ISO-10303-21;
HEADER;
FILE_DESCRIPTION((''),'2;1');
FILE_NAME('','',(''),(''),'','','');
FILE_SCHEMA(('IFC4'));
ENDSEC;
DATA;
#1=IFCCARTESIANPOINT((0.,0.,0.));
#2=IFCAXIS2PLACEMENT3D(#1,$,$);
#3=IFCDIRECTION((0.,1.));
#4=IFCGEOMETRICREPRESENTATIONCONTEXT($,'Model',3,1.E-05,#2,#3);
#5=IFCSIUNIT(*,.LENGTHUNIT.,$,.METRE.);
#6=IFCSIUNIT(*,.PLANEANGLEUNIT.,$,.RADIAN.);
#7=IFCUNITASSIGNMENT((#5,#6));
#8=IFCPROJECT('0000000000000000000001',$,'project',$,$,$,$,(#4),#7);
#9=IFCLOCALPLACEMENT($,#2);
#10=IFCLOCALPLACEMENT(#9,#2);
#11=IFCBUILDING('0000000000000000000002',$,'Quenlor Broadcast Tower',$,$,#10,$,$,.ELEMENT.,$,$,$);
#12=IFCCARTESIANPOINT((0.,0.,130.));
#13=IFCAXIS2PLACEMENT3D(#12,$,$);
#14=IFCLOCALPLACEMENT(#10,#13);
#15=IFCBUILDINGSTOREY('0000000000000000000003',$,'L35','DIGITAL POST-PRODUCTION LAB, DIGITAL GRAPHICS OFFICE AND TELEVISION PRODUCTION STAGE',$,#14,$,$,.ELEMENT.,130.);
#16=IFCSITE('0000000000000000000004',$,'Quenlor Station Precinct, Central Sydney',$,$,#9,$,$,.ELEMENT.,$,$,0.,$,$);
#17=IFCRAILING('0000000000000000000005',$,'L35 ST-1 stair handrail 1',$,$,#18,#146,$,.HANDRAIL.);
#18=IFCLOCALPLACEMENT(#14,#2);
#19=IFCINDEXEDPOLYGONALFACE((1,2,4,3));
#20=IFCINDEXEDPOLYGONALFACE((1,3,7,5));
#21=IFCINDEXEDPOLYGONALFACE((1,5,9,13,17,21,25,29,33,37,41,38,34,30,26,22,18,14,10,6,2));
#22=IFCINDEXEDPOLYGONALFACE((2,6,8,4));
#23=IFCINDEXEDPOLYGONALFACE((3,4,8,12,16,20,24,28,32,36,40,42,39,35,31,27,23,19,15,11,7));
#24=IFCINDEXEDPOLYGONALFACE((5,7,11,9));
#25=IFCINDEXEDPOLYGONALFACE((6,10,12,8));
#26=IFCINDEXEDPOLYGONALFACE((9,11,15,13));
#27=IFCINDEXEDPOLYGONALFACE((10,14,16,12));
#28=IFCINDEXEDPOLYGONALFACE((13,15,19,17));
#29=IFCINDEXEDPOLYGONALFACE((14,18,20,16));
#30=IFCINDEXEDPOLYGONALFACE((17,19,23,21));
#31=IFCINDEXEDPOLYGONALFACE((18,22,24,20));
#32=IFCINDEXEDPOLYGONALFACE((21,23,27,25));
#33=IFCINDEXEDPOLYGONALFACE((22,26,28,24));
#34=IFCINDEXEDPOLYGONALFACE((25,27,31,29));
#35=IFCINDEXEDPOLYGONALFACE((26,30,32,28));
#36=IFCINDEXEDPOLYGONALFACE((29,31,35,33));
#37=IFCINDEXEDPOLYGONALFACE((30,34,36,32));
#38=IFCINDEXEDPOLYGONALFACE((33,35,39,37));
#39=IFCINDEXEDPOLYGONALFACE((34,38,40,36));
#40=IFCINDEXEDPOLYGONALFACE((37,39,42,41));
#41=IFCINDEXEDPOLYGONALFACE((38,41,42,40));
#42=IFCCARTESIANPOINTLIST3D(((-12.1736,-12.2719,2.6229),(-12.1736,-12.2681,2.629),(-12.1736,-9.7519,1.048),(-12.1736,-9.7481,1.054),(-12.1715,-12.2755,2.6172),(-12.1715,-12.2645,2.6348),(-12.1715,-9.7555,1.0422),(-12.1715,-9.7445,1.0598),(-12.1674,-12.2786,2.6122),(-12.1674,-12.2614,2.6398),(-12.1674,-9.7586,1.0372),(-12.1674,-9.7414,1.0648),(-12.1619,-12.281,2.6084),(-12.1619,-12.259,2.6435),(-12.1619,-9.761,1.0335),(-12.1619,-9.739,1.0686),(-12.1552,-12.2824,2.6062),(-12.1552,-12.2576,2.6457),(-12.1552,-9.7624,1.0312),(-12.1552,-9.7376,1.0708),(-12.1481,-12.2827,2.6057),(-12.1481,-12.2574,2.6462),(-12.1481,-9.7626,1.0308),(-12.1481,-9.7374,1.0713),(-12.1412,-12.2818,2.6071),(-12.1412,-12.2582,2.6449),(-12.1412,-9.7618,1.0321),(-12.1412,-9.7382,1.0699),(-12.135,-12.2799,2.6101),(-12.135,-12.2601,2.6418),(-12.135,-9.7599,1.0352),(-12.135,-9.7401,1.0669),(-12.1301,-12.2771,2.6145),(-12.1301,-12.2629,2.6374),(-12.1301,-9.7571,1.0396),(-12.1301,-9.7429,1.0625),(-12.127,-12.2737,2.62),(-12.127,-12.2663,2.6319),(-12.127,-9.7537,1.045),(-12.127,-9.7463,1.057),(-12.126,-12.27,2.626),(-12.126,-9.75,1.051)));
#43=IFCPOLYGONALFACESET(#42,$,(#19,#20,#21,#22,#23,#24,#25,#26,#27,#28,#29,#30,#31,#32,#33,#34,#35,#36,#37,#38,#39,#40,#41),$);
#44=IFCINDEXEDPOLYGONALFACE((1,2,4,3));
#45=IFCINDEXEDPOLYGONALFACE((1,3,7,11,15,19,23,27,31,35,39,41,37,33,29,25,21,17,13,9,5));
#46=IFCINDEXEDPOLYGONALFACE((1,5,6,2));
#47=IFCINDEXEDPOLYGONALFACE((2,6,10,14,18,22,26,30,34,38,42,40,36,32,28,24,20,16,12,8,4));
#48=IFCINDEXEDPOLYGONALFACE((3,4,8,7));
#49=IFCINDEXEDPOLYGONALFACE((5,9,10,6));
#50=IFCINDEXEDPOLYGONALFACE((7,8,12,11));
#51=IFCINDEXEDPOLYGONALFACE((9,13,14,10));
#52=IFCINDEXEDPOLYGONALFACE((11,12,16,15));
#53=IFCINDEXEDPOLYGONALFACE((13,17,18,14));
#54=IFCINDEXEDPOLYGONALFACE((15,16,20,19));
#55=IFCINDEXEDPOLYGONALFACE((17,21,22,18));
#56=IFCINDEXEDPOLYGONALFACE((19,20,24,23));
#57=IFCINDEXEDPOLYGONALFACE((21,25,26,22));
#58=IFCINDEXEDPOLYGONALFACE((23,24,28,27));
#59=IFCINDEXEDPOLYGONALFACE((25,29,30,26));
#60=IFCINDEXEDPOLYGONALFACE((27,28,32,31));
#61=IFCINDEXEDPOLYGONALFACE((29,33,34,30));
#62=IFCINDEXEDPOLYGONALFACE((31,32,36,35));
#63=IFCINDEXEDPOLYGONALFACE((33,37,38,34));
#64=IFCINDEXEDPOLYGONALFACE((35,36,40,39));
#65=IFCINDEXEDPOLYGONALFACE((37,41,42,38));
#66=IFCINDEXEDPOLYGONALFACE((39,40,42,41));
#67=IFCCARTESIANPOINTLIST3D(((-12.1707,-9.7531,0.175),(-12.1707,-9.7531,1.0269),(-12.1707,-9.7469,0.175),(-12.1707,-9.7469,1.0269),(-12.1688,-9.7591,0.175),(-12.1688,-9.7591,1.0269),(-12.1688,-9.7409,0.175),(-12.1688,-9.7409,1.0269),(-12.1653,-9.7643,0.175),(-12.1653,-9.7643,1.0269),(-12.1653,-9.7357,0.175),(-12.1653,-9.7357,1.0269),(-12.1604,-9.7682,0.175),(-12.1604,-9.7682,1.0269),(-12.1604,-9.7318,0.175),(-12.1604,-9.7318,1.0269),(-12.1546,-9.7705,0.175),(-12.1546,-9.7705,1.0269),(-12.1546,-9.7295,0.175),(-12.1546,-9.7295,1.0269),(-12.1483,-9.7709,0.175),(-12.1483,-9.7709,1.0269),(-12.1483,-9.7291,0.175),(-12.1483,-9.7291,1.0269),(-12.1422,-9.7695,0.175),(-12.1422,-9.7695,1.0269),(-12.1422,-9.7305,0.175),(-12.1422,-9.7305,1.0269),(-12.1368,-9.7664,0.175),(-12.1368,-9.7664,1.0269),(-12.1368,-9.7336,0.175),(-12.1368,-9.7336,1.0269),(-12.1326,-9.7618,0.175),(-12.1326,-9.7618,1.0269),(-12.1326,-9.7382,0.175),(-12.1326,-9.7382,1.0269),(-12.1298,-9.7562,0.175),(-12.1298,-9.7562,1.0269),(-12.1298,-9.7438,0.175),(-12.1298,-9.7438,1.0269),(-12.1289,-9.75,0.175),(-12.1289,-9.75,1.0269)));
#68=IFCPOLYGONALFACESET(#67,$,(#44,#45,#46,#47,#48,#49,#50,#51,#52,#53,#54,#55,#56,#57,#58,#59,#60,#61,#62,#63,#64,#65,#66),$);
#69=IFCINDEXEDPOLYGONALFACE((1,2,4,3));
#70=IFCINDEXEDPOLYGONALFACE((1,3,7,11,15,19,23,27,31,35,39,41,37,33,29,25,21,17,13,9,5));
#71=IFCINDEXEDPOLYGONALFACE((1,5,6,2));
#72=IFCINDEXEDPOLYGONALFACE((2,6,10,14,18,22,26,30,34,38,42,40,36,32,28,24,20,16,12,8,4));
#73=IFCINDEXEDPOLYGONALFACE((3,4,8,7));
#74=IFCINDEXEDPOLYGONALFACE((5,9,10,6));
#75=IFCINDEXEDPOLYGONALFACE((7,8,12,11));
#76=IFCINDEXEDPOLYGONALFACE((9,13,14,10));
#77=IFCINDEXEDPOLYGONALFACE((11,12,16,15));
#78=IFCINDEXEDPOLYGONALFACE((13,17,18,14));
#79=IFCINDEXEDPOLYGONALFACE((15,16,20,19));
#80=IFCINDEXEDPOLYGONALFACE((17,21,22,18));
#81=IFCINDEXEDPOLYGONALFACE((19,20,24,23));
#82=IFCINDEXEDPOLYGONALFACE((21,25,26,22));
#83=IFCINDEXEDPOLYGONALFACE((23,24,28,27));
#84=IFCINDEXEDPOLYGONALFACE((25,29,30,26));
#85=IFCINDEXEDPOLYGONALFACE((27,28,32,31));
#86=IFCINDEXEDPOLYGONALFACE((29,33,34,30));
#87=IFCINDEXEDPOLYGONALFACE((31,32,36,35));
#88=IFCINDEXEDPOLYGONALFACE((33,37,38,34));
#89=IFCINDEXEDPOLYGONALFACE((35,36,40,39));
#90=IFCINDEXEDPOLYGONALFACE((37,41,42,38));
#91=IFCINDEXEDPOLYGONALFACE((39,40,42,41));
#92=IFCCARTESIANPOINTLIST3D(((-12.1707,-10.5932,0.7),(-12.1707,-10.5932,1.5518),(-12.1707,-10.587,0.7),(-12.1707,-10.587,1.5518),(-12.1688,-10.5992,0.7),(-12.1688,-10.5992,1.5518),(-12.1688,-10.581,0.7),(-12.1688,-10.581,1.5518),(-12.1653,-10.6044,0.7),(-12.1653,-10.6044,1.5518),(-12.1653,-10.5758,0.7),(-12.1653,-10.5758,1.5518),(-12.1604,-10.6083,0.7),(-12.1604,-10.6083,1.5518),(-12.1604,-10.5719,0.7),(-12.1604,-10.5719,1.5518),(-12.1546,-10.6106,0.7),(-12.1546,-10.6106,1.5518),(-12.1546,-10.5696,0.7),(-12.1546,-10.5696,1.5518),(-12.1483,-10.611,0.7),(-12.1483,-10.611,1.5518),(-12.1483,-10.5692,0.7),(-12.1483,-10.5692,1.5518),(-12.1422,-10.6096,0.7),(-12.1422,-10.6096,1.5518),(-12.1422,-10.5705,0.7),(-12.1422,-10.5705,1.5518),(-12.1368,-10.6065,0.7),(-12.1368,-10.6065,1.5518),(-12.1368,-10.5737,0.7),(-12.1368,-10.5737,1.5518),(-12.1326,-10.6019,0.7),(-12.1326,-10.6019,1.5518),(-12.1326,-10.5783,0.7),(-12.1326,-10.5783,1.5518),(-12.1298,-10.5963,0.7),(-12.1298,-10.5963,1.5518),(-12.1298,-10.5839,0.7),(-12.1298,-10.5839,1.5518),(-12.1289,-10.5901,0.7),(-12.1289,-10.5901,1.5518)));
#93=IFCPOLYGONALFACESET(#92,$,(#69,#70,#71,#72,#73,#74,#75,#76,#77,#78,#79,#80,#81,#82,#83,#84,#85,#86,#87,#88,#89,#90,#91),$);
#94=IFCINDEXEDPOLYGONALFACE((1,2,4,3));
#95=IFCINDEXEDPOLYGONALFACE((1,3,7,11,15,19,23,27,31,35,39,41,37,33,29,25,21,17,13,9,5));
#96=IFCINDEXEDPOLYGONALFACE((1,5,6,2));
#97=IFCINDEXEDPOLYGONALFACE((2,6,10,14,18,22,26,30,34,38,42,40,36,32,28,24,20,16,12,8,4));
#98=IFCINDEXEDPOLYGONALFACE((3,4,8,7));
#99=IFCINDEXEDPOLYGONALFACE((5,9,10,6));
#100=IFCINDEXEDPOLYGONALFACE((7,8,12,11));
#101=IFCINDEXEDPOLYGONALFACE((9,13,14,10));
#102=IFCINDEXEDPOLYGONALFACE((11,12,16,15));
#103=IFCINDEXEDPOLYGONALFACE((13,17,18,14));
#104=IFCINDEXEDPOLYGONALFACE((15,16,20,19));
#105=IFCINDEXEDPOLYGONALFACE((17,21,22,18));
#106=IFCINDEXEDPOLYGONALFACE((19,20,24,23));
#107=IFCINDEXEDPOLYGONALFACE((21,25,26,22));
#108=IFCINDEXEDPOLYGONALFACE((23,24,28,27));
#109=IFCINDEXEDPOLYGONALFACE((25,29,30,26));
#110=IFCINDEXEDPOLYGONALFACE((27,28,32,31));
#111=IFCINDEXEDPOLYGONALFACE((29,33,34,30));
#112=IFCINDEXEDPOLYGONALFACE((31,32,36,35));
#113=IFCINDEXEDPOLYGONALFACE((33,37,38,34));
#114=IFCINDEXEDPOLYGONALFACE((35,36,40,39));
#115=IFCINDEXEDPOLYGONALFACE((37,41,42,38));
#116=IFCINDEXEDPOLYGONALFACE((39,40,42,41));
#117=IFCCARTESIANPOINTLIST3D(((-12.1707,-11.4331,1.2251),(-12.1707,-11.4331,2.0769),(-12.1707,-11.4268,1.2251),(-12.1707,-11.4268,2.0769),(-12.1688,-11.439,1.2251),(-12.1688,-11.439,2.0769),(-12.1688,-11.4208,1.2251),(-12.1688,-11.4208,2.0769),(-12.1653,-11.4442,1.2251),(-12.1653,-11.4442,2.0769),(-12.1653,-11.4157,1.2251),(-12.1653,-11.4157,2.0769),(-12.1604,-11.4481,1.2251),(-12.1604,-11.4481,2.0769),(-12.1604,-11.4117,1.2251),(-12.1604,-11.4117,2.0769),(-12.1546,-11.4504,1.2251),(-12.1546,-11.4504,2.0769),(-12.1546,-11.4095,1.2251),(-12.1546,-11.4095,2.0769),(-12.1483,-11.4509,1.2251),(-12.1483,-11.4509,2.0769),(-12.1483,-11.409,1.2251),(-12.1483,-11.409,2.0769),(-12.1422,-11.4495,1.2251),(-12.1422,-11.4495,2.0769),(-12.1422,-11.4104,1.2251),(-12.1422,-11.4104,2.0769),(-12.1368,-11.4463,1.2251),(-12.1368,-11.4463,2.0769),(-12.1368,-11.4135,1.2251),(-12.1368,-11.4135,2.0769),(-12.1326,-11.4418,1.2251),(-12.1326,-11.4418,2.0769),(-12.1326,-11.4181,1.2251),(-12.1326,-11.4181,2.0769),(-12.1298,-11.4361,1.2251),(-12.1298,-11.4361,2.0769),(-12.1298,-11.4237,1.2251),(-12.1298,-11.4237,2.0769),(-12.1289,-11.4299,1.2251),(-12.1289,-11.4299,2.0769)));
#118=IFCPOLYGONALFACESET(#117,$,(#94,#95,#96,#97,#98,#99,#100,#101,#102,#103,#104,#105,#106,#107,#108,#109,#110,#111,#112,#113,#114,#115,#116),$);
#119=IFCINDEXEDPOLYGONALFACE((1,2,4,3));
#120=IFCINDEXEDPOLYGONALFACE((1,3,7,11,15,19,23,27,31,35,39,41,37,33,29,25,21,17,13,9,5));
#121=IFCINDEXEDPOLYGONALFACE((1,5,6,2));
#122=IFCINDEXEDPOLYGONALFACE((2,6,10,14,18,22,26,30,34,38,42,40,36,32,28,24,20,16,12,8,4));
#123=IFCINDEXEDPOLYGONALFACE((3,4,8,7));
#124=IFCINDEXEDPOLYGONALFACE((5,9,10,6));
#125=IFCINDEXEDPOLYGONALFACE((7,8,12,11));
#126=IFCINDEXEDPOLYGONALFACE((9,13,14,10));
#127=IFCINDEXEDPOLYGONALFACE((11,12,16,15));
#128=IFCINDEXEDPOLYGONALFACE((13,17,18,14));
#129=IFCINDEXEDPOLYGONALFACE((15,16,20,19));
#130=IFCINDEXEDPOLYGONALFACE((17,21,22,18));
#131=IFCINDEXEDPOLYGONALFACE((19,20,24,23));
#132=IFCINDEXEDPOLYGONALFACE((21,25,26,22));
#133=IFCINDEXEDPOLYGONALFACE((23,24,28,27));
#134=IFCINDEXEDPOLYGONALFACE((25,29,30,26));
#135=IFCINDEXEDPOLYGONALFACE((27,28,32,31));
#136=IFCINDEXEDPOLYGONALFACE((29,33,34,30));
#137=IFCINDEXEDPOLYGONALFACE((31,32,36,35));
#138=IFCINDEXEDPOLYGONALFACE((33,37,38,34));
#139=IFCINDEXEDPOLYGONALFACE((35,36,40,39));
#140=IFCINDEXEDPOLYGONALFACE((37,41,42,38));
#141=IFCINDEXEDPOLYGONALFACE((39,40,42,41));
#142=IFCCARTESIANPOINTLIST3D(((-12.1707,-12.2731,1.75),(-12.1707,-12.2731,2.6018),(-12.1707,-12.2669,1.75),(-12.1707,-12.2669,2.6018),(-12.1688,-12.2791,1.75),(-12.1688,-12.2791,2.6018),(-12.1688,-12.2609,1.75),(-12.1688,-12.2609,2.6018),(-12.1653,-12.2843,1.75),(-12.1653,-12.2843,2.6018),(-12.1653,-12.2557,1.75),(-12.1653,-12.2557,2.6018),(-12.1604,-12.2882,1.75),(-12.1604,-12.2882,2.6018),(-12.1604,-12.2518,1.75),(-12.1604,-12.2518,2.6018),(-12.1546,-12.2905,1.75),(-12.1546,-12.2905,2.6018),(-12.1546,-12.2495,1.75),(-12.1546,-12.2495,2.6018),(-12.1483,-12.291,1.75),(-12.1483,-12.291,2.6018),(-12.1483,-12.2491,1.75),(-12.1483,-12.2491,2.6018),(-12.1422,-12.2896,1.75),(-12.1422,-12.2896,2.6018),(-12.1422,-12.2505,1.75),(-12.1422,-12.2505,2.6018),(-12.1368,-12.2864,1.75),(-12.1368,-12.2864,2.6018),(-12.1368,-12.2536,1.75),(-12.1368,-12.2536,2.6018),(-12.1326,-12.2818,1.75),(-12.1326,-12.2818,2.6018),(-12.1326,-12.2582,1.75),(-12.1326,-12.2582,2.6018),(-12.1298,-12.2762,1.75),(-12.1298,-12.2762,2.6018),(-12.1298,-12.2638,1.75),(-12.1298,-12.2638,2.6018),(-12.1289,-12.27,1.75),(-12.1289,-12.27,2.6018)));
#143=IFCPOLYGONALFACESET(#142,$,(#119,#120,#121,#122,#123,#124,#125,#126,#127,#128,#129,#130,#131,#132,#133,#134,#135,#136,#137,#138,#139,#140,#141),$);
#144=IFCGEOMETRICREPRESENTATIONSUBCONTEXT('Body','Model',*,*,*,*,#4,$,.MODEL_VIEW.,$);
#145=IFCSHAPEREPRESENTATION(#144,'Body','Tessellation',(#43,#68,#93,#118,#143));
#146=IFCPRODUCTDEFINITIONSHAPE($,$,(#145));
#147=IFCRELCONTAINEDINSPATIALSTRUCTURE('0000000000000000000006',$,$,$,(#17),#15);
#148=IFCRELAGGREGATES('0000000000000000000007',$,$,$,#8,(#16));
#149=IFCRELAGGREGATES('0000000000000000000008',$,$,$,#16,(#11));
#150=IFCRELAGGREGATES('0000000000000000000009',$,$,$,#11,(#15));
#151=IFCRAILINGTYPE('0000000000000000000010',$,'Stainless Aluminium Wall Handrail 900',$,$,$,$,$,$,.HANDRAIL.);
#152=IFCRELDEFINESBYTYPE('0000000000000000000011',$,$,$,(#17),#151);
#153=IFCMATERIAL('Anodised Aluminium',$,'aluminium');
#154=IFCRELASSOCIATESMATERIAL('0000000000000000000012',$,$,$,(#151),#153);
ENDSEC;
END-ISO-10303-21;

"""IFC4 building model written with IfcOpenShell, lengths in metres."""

from ifc_helpers import new_model, si_unit, direction, frame, origin, origin_2d, place, context, subcontext, project, spatial, circle, extrude, material, type_object, element, save


model = new_model("IFC4")

# Units and contexts
model_context = context("Model", 3, precision=1e-05, world=origin(), true_north=direction((0.0, 1.0)))
body_context = subcontext(model_context, "Body", "Model", "MODEL_VIEW")
ifc_project = project(units=[si_unit("LENGTHUNIT", "METRE"), si_unit("PLANEANGLEUNIT", "RADIAN")], contexts=[model_context])

# Site, building, storey
site_placement = place(None, origin())
site = spatial("IfcSite", under=ifc_project, at=site_placement, Name="Quenlor Station Precinct, Central Sydney", CompositionType="ELEMENT", RefElevation=0.0)
building_placement = place(site_placement, origin())
building = spatial("IfcBuilding", under=site, at=building_placement, Name="Quenlor Broadcast Tower", CompositionType="ELEMENT")
storey_placement = place(building_placement, frame((0.0, 0.0, 130.0)))
storey = spatial("IfcBuildingStorey", under=building, at=storey_placement, Name="L35", Description="DIGITAL POST-PRODUCTION LAB, DIGITAL GRAPHICS OFFICE AND TELEVISION PRODUCTION STAGE", CompositionType="ELEMENT", Elevation=130.0)

# Railing
ifc_material_1 = material(Name="Anodised Aluminium", Category="aluminium")
railing_type_1 = type_object("IfcRailingType", Name="Stainless Aluminium Wall Handrail 900", PredefinedType="HANDRAIL", material=ifc_material_1)
railing_1_placement = place(storey_placement, frame((-12.1499, -9.75, 0.175)))
element("IfcRailing", 1, at=railing_1_placement, inside=storey, type_object=railing_type_1, Name="L35 ST-1 stair handrail 1", PredefinedType="HANDRAIL", context=body_context, shape_type="SweptSolid", body=[
    extrude(circle(Radius=0.0239, at=origin_2d()), frame((0.0, 0.0, 0.876), z_axis=(0.0, -0.848008, 0.529984), x_axis=(1.0, 0.0, 0.0)), (0.0, 0.0, 1.0), 2.9717),
    extrude(circle(Radius=0.021, at=origin_2d()), origin(), (0.0, 0.0, 1.0), 0.8518),
    extrude(circle(Radius=0.021, at=origin_2d()), frame((0.0, -0.8401, 0.5249)), (0.0, 0.0, 1.0), 0.8518),
    extrude(circle(Radius=0.021, at=origin_2d()), frame((0.0, -1.6799, 1.05)), (0.0, 0.0, 1.0), 0.8518),
    extrude(circle(Radius=0.021, at=origin_2d()), frame((0.0, -2.52, 1.575)), (0.0, 0.0, 1.0), 0.8518),
])

save(model, "model.ifc")
